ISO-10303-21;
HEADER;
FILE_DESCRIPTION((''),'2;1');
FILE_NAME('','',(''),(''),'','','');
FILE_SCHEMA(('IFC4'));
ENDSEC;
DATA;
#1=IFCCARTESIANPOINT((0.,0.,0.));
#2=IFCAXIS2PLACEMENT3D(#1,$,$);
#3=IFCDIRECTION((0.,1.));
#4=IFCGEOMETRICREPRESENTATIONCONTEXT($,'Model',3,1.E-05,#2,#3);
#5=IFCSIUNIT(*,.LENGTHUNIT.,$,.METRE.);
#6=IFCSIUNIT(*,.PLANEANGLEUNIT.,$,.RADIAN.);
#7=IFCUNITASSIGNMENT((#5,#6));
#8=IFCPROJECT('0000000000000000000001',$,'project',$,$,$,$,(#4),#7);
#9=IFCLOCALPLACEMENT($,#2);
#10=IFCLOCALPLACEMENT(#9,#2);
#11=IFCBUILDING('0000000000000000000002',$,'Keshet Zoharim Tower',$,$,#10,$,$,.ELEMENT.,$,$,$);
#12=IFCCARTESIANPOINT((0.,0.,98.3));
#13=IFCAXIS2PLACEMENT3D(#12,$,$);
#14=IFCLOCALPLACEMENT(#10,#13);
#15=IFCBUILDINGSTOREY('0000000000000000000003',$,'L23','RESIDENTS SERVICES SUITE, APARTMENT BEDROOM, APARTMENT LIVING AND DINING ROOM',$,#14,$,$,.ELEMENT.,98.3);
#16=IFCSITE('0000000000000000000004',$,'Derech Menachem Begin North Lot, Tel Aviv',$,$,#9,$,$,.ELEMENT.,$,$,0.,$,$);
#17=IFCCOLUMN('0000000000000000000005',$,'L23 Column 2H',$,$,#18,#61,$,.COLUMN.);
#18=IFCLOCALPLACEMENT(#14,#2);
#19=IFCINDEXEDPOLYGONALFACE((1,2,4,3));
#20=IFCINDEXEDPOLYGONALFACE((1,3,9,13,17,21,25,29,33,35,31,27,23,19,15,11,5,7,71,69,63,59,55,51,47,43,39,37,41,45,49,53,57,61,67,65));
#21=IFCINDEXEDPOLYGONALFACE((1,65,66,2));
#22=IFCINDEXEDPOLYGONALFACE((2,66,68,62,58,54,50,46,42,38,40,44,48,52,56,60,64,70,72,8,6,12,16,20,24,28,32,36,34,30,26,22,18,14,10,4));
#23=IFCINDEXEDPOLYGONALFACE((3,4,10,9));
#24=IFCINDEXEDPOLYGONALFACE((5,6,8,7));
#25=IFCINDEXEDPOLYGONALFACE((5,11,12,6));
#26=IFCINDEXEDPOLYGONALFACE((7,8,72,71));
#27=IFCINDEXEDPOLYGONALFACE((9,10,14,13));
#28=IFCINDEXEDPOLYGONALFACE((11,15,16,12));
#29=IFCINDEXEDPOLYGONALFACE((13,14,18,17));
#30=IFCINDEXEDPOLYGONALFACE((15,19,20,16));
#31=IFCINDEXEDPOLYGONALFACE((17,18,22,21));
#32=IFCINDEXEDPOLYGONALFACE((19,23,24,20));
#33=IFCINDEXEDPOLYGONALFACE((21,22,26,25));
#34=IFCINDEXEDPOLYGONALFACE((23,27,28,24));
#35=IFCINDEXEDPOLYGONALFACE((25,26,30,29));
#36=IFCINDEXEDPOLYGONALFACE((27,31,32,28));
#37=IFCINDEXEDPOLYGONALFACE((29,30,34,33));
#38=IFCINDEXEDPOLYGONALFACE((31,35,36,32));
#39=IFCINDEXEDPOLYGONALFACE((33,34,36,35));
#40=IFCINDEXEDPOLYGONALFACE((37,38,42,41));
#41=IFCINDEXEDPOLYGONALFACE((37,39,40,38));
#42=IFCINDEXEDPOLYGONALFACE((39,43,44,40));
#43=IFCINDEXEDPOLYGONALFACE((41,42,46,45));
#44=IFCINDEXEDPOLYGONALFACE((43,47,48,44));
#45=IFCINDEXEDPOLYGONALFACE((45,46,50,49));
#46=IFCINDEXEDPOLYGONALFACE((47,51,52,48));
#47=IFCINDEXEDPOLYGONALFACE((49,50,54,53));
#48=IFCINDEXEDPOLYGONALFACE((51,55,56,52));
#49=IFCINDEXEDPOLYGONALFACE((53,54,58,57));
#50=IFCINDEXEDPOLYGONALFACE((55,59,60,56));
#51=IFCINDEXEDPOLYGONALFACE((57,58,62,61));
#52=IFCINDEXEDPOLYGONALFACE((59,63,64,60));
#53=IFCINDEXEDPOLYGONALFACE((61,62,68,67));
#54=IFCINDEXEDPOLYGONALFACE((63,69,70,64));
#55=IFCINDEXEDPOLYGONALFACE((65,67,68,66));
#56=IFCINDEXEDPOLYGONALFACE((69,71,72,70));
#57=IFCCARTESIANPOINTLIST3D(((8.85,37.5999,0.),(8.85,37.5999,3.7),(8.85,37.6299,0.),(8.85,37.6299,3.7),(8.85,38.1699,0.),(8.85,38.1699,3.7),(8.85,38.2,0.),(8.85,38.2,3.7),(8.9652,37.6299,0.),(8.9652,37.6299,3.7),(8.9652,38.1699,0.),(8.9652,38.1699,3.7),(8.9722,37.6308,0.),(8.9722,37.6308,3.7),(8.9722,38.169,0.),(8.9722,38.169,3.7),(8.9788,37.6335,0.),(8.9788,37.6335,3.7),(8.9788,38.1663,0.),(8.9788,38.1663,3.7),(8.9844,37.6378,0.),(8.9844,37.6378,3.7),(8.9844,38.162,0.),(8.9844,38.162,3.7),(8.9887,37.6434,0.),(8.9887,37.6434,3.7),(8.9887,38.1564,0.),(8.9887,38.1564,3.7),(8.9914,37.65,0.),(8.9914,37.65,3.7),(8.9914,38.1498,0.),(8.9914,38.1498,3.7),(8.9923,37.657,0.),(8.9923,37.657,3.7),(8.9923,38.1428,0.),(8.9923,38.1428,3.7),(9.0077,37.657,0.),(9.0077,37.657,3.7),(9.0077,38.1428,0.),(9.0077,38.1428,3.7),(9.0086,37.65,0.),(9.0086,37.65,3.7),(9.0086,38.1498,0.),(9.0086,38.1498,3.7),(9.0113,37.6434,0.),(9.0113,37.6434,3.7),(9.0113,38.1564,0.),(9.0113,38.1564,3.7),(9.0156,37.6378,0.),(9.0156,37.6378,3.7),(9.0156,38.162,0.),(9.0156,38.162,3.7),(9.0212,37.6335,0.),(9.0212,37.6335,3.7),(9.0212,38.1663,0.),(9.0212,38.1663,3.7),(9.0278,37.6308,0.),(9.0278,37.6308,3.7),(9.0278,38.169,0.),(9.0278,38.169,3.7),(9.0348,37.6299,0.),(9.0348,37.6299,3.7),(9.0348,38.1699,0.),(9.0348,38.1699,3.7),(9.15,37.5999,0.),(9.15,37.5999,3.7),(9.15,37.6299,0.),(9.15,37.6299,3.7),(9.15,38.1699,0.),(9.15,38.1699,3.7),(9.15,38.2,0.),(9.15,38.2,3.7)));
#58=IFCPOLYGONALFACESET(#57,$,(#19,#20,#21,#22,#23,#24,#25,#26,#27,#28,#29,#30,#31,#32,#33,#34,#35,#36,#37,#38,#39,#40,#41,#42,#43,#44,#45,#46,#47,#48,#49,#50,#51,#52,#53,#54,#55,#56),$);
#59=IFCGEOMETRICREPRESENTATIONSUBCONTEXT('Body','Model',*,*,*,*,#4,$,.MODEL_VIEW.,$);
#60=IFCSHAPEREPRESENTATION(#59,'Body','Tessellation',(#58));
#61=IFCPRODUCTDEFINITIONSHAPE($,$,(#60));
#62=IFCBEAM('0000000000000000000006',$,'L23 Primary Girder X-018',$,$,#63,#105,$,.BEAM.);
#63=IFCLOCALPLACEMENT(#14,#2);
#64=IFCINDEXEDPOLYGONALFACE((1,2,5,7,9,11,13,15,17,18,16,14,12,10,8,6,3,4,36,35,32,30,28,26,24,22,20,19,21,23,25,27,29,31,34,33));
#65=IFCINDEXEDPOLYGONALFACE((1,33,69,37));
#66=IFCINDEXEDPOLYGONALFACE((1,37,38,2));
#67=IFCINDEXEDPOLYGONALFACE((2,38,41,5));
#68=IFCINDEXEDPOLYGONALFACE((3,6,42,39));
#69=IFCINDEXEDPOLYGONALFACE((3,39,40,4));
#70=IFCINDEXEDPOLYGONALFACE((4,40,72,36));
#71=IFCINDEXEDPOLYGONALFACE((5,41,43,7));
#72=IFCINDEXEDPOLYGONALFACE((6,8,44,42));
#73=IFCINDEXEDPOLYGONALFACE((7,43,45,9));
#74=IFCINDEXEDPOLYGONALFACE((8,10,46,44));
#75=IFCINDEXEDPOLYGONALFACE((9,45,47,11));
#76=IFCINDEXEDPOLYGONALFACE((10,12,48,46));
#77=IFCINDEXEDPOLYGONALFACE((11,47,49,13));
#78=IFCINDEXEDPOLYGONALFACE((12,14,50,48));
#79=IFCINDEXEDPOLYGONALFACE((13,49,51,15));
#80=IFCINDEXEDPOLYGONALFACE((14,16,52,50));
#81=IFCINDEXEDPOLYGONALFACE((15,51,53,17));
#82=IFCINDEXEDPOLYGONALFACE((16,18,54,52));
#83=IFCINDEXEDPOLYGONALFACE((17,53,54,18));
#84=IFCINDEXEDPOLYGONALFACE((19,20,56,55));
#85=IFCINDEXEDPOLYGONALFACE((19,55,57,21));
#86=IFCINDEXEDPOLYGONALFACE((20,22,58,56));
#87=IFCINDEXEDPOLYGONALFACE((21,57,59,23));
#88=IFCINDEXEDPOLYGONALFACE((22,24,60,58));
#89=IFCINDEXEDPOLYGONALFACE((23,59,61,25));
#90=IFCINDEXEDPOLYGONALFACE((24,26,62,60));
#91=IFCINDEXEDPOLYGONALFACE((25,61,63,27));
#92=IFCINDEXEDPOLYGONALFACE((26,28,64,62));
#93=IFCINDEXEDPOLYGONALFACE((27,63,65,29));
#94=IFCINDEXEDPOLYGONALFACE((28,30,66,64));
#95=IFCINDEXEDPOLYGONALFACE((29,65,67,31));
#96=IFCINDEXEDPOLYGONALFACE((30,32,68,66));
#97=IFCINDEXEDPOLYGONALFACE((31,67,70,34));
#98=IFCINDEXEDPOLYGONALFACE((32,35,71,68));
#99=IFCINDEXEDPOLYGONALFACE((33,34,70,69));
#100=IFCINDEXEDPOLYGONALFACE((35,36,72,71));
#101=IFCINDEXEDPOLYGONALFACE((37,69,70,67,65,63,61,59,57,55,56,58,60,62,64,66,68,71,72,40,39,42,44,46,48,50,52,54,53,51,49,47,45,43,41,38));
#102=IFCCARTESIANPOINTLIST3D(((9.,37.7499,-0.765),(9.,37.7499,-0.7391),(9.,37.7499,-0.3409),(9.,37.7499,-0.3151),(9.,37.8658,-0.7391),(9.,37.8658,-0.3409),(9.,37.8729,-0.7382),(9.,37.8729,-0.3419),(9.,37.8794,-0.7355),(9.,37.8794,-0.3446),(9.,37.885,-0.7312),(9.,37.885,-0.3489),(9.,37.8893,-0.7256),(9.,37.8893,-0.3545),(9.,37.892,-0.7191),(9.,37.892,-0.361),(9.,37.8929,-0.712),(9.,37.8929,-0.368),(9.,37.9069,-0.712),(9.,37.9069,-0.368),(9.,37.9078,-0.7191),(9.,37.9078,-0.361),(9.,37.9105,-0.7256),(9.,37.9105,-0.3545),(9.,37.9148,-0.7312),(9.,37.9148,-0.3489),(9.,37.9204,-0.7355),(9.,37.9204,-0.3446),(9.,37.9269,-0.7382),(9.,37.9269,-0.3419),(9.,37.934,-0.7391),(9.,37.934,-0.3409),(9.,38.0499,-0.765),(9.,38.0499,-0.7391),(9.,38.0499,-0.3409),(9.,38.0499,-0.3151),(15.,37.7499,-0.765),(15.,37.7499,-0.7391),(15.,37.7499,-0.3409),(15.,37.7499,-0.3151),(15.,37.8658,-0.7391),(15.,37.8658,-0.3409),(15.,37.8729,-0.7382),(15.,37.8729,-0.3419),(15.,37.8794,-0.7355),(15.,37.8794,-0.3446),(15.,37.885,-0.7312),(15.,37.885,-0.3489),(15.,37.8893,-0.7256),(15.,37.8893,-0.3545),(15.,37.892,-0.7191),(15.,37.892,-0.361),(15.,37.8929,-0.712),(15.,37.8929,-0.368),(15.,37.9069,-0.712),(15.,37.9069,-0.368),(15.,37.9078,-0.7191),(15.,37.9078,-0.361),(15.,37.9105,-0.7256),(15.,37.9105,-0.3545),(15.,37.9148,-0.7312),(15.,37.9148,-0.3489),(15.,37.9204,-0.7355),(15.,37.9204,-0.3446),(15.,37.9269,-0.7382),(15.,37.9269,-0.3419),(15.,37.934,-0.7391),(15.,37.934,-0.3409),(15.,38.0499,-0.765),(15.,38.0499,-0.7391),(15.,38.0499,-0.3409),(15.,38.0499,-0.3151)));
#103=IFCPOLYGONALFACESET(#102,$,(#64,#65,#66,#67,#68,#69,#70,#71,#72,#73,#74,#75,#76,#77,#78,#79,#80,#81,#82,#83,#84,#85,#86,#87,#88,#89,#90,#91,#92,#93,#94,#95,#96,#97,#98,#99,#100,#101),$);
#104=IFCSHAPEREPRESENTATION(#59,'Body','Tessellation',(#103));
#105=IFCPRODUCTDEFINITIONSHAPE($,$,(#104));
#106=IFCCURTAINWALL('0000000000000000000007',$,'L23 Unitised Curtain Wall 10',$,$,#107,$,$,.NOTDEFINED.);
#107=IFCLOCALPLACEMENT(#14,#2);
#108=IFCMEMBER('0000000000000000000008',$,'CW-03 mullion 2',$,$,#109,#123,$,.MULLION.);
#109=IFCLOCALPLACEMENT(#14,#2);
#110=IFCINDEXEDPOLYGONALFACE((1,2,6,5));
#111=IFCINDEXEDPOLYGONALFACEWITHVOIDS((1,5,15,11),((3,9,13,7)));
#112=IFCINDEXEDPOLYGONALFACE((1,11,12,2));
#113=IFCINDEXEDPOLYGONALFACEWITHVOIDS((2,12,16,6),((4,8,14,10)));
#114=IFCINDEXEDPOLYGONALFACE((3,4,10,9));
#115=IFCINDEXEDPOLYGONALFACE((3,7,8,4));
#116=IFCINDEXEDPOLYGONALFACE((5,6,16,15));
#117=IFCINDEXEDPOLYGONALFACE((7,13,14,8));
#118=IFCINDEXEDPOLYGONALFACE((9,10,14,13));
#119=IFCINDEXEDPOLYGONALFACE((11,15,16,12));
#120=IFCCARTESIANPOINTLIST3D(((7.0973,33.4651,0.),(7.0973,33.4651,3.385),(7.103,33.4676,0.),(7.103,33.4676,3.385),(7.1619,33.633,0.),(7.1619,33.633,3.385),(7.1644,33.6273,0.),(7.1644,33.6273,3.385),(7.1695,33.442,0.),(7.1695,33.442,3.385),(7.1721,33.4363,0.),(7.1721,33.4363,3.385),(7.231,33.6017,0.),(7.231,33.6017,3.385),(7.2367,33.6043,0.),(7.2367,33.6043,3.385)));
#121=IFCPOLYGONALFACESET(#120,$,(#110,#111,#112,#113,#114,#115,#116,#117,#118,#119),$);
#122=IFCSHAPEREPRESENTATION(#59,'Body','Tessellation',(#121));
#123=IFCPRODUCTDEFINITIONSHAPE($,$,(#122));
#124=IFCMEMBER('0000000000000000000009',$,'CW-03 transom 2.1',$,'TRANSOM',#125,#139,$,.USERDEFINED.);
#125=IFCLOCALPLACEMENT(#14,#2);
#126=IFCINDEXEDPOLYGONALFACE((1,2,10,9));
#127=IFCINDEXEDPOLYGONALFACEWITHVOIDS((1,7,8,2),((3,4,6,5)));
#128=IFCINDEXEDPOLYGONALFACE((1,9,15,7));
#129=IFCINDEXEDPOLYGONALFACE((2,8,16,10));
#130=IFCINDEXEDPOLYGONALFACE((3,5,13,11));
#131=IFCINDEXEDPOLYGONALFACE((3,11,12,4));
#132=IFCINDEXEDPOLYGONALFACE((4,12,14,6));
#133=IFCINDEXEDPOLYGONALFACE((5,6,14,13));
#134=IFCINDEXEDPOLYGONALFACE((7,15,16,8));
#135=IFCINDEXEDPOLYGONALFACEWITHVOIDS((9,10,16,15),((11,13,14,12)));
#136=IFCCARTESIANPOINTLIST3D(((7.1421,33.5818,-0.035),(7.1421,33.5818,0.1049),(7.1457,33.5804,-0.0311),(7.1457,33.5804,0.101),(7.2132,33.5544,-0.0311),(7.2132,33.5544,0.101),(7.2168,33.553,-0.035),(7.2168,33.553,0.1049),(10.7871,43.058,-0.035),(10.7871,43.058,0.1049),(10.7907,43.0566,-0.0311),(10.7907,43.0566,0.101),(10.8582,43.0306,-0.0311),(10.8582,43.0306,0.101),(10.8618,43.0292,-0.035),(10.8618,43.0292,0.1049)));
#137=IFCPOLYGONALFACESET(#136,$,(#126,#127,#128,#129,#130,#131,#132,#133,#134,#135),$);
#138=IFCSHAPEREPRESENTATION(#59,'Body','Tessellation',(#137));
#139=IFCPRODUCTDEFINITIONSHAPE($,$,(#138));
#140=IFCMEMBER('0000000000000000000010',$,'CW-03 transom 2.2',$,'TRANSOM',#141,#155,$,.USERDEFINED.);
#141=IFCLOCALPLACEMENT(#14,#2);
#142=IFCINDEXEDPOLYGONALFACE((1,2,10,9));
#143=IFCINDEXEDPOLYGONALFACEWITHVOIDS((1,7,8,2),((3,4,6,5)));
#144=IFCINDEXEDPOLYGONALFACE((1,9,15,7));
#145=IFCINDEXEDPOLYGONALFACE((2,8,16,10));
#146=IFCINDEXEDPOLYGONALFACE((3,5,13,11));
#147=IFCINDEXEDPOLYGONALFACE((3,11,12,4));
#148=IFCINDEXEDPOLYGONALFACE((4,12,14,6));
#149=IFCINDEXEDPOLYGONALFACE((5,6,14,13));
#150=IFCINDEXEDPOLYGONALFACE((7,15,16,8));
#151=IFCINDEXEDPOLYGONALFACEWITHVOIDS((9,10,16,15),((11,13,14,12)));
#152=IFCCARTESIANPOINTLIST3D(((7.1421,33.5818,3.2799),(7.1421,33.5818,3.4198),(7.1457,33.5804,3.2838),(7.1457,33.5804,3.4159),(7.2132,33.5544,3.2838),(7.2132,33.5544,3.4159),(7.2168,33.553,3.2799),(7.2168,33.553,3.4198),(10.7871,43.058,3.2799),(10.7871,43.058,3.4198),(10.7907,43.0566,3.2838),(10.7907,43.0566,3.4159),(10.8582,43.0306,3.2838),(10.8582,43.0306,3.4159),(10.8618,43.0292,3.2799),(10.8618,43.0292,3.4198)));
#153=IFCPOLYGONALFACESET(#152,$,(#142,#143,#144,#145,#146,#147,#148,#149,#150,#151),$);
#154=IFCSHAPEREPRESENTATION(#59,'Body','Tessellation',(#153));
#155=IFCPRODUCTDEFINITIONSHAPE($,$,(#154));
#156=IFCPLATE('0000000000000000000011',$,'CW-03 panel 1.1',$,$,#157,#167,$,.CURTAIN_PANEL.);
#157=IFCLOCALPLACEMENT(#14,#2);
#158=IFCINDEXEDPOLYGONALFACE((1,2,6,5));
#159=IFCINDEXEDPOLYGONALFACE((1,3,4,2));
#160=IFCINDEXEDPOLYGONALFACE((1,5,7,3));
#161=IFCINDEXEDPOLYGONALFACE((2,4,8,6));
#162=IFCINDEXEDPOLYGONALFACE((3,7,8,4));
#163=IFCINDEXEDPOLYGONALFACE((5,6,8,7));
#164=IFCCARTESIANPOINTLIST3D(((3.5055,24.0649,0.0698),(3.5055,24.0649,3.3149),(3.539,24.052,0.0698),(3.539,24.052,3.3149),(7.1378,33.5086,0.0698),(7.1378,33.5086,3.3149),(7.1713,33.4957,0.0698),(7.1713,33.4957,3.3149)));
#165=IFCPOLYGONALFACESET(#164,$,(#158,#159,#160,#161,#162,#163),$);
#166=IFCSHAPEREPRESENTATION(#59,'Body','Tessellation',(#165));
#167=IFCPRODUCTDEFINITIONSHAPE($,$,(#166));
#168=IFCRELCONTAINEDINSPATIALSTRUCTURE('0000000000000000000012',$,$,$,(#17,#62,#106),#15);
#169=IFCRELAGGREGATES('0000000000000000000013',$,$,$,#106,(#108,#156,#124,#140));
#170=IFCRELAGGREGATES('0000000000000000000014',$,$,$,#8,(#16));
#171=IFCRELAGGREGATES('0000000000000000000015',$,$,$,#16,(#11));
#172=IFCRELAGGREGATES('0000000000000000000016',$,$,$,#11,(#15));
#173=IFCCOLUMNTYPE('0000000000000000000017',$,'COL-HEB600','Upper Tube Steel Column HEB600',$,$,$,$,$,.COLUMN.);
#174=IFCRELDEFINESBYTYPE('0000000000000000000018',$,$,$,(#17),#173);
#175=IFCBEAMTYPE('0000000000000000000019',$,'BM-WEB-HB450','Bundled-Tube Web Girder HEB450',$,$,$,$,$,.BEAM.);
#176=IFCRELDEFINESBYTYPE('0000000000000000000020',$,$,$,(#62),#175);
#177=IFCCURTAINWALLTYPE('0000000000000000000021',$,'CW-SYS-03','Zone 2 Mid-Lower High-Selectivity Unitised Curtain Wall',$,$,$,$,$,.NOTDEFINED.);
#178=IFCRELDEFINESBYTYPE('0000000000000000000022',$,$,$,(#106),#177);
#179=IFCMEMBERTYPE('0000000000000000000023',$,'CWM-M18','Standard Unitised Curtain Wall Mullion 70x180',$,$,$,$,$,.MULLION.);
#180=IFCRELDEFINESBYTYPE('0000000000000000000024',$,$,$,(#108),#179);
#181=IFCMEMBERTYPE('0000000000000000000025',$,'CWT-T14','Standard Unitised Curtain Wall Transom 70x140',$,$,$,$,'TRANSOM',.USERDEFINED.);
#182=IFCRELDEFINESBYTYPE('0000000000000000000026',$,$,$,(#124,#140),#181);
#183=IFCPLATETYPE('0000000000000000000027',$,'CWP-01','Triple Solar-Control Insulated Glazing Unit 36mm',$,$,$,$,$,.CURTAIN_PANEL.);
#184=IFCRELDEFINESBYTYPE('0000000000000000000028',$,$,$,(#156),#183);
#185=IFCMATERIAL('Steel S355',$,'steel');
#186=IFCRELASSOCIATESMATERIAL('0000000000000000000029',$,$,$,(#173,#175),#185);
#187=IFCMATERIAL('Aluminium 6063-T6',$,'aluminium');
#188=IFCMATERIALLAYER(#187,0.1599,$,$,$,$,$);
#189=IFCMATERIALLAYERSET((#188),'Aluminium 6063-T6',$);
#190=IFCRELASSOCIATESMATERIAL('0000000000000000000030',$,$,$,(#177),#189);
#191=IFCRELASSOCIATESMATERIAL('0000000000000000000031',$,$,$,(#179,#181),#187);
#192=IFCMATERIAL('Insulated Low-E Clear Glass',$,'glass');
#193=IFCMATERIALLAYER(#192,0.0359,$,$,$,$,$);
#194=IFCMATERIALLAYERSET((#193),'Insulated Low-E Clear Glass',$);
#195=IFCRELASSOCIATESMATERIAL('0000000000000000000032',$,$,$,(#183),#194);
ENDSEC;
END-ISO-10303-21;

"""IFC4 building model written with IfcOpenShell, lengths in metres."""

from ifc_helpers import new_model, si_unit, direction, frame, origin, origin_2d, place, context, subcontext, project, spatial, rectangle, hollow_rectangle, i_section, extrude, material, layer, layer_set, material_profile, profile_set, type_object, element, aggregate, save


model = new_model("IFC4")

# Units and contexts
model_context = context("Model", 3, precision=1e-05, world=origin(), true_north=direction((0.0, 1.0)))
body_context = subcontext(model_context, "Body", "Model", "MODEL_VIEW")
ifc_project = project(units=[si_unit("LENGTHUNIT", "METRE"), si_unit("PLANEANGLEUNIT", "RADIAN")], contexts=[model_context])

# Site, building, storey
site_placement = place(None, origin())
site = spatial("IfcSite", under=ifc_project, at=site_placement, Name="Derech Menachem Begin North Lot, Tel Aviv", CompositionType="ELEMENT", RefElevation=0.0)
building_placement = place(site_placement, origin())
building = spatial("IfcBuilding", under=site, at=building_placement, Name="Keshet Zoharim Tower", CompositionType="ELEMENT")
storey_placement = place(building_placement, frame((0.0, 0.0, 98.3)))
storey = spatial("IfcBuildingStorey", under=building, at=storey_placement, Name="L23", Description="RESIDENTS SERVICES SUITE, APARTMENT BEDROOM, APARTMENT LIVING AND DINING ROOM", CompositionType="ELEMENT", Elevation=98.3)

# Column
ifc_material_1 = material(Name="Steel S355", Category="steel")
ifc_material_profile_1 = material_profile(ifc_material_1, i_section(OverallWidth=0.3, OverallDepth=0.6001, WebThickness=0.0154, FlangeThickness=0.03, FilletRadius=0.0271, at=origin_2d()), Name="HEB600")
ifc_profile_set_1 = profile_set([ifc_material_profile_1], Name="Steel S355")
column_type = type_object("IfcColumnType", Name="COL-HEB600", Description="Upper Tube Steel Column HEB600", PredefinedType="COLUMN", material=ifc_profile_set_1)
column_placement = place(storey_placement, frame((9.0, 37.8999, 0.0), z_axis=(0.0, 0.0, 1.0), x_axis=(1.0, 0.0, 0.0)))
element("IfcColumn", 1, at=column_placement, inside=storey, type_object=column_type, Name="L23 Column 2H", PredefinedType="COLUMN", context=body_context, shape_type="SweptSolid", body=[
    extrude(i_section(OverallWidth=0.3, OverallDepth=0.6001, WebThickness=0.0154, FlangeThickness=0.03, FilletRadius=0.0271, at=origin_2d()), origin(), (0.0, 0.0, 1.0), 3.7),
])

# Beam
ifc_material_profile_2 = material_profile(ifc_material_1, i_section(OverallWidth=0.3, OverallDepth=0.45, WebThickness=0.0139, FlangeThickness=0.0259, FilletRadius=0.0271, at=origin_2d()), Name="HEB450")
ifc_profile_set_2 = profile_set([ifc_material_profile_2], Name="Steel S355")
beam_type = type_object("IfcBeamType", Name="BM-WEB-HB450", Description="Bundled-Tube Web Girder HEB450", PredefinedType="BEAM", material=ifc_profile_set_2)
beam_placement = place(storey_placement, frame((9.0, 37.8999, -0.54), z_axis=(1.0, 0.0, 0.0), x_axis=(0.0, 1.0, 0.0)))
element("IfcBeam", 2, at=beam_placement, inside=storey, type_object=beam_type, Name="L23 Primary Girder X-018", PredefinedType="BEAM", context=body_context, shape_type="SweptSolid", body=[
    extrude(i_section(OverallWidth=0.3, OverallDepth=0.45, WebThickness=0.0139, FlangeThickness=0.0259, FilletRadius=0.0271, at=origin_2d()), origin(), (0.0, 0.0, 1.0), 6.0),
])

# Curtain wall, members, plate
ifc_material_2 = material(Name="Aluminium 6063-T6", Category="aluminium")
ifc_layer_1 = layer(ifc_material_2, 0.1599)
ifc_layer_set_1 = layer_set([ifc_layer_1], Name="Aluminium 6063-T6")
curtain_wall_type = type_object("IfcCurtainWallType", Name="CW-SYS-03", Description="Zone 2 Mid-Lower High-Selectivity Unitised Curtain Wall", PredefinedType="NOTDEFINED", material=ifc_layer_set_1)
curtain_wall_placement = place(storey_placement, origin())
curtain_wall = element("IfcCurtainWall", 3, at=curtain_wall_placement, inside=storey, type_object=curtain_wall_type, Name="L23 Unitised Curtain Wall 10", PredefinedType="NOTDEFINED")
ifc_material_profile_3 = material_profile(ifc_material_2, hollow_rectangle(XDim=0.0801, YDim=0.1799, WallThickness=0.0044, at=origin_2d()), Name="MUL-80x180")
ifc_profile_set_3 = profile_set([ifc_material_profile_3], Name="Aluminium 6063-T6")
member_type_1 = type_object("IfcMemberType", Name="CWM-M18", Description="Standard Unitised Curtain Wall Mullion 70x180", PredefinedType="MULLION", material=ifc_profile_set_3)
member_1_placement = place(storey_placement, frame((7.167, 33.5347, 0.0), z_axis=(0.0, 0.0, 1.0), x_axis=(-0.933341, 0.35899, 0.0)))
member_1 = element("IfcMember", 4, at=member_1_placement, type_object=member_type_1, Name="CW-03 mullion 2", PredefinedType="MULLION", context=body_context, shape_type="SweptSolid", body=[
    extrude(hollow_rectangle(XDim=0.0801, YDim=0.1799, WallThickness=0.0044, at=origin_2d()), origin(), (0.0, 0.0, 1.0), 3.385),
])
ifc_material_profile_4 = material_profile(ifc_material_2, hollow_rectangle(XDim=0.0801, YDim=0.1399, WallThickness=0.0039, at=origin_2d()), Name="TRN-80x140")
ifc_profile_set_4 = profile_set([ifc_material_profile_4], Name="Aluminium 6063-T6")
member_type_2 = type_object("IfcMemberType", Name="CWT-T14", Description="Standard Unitised Curtain Wall Transom 70x140", ElementType="TRANSOM", PredefinedType="USERDEFINED", material=ifc_profile_set_4)
member_2_placement = place(storey_placement, frame((7.1794, 33.5674, 0.0349), z_axis=(0.359003, 0.933336, 0.0), x_axis=(-0.933336, 0.359003, 0.0)))
member_2 = element("IfcMember", 5, at=member_2_placement, type_object=member_type_2, Name="CW-03 transom 2.1", ObjectType="TRANSOM", PredefinedType="USERDEFINED", context=body_context, shape_type="SweptSolid", body=[
    extrude(hollow_rectangle(XDim=0.0801, YDim=0.1399, WallThickness=0.0039, at=origin_2d()), origin(), (0.0, 0.0, 1.0), 10.1531),
])
member_3_placement = place(storey_placement, frame((7.1794, 33.5674, 3.3499), z_axis=(0.359003, 0.933336, 0.0), x_axis=(-0.933336, 0.359003, 0.0)))
member_3 = element("IfcMember", 6, at=member_3_placement, type_object=member_type_2, Name="CW-03 transom 2.2", ObjectType="TRANSOM", PredefinedType="USERDEFINED", context=body_context, shape_type="SweptSolid", body=[
    extrude(hollow_rectangle(XDim=0.0801, YDim=0.1399, WallThickness=0.0039, at=origin_2d()), origin(), (0.0, 0.0, 1.0), 10.1531),
])
ifc_material_3 = material(Name="Insulated Low-E Clear Glass", Category="glass")
ifc_layer_2 = layer(ifc_material_3, 0.0359)
ifc_layer_set_2 = layer_set([ifc_layer_2], Name="Insulated Low-E Clear Glass")
plate_type = type_object("IfcPlateType", Name="CWP-01", Description="Triple Solar-Control Insulated Glazing Unit 36mm", PredefinedType="CURTAIN_PANEL", material=ifc_layer_set_2)
plate_placement = place(storey_placement, frame((5.3384, 28.7803, 0.0698), z_axis=(0.0, 0.0, 1.0), x_axis=(0.35899, 0.933341, 0.0)))
plate = element("IfcPlate", 7, at=plate_placement, type_object=plate_type, Name="CW-03 panel 1.1", PredefinedType="CURTAIN_PANEL", context=body_context, shape_type="SweptSolid", body=[
    extrude(rectangle(XDim=10.1182, YDim=0.0359, at=origin_2d()), origin(), (0.0, 0.0, 1.0), 3.2451),
])
aggregate(curtain_wall, [member_1, plate, member_2, member_3])

save(model, "model.ifc")
